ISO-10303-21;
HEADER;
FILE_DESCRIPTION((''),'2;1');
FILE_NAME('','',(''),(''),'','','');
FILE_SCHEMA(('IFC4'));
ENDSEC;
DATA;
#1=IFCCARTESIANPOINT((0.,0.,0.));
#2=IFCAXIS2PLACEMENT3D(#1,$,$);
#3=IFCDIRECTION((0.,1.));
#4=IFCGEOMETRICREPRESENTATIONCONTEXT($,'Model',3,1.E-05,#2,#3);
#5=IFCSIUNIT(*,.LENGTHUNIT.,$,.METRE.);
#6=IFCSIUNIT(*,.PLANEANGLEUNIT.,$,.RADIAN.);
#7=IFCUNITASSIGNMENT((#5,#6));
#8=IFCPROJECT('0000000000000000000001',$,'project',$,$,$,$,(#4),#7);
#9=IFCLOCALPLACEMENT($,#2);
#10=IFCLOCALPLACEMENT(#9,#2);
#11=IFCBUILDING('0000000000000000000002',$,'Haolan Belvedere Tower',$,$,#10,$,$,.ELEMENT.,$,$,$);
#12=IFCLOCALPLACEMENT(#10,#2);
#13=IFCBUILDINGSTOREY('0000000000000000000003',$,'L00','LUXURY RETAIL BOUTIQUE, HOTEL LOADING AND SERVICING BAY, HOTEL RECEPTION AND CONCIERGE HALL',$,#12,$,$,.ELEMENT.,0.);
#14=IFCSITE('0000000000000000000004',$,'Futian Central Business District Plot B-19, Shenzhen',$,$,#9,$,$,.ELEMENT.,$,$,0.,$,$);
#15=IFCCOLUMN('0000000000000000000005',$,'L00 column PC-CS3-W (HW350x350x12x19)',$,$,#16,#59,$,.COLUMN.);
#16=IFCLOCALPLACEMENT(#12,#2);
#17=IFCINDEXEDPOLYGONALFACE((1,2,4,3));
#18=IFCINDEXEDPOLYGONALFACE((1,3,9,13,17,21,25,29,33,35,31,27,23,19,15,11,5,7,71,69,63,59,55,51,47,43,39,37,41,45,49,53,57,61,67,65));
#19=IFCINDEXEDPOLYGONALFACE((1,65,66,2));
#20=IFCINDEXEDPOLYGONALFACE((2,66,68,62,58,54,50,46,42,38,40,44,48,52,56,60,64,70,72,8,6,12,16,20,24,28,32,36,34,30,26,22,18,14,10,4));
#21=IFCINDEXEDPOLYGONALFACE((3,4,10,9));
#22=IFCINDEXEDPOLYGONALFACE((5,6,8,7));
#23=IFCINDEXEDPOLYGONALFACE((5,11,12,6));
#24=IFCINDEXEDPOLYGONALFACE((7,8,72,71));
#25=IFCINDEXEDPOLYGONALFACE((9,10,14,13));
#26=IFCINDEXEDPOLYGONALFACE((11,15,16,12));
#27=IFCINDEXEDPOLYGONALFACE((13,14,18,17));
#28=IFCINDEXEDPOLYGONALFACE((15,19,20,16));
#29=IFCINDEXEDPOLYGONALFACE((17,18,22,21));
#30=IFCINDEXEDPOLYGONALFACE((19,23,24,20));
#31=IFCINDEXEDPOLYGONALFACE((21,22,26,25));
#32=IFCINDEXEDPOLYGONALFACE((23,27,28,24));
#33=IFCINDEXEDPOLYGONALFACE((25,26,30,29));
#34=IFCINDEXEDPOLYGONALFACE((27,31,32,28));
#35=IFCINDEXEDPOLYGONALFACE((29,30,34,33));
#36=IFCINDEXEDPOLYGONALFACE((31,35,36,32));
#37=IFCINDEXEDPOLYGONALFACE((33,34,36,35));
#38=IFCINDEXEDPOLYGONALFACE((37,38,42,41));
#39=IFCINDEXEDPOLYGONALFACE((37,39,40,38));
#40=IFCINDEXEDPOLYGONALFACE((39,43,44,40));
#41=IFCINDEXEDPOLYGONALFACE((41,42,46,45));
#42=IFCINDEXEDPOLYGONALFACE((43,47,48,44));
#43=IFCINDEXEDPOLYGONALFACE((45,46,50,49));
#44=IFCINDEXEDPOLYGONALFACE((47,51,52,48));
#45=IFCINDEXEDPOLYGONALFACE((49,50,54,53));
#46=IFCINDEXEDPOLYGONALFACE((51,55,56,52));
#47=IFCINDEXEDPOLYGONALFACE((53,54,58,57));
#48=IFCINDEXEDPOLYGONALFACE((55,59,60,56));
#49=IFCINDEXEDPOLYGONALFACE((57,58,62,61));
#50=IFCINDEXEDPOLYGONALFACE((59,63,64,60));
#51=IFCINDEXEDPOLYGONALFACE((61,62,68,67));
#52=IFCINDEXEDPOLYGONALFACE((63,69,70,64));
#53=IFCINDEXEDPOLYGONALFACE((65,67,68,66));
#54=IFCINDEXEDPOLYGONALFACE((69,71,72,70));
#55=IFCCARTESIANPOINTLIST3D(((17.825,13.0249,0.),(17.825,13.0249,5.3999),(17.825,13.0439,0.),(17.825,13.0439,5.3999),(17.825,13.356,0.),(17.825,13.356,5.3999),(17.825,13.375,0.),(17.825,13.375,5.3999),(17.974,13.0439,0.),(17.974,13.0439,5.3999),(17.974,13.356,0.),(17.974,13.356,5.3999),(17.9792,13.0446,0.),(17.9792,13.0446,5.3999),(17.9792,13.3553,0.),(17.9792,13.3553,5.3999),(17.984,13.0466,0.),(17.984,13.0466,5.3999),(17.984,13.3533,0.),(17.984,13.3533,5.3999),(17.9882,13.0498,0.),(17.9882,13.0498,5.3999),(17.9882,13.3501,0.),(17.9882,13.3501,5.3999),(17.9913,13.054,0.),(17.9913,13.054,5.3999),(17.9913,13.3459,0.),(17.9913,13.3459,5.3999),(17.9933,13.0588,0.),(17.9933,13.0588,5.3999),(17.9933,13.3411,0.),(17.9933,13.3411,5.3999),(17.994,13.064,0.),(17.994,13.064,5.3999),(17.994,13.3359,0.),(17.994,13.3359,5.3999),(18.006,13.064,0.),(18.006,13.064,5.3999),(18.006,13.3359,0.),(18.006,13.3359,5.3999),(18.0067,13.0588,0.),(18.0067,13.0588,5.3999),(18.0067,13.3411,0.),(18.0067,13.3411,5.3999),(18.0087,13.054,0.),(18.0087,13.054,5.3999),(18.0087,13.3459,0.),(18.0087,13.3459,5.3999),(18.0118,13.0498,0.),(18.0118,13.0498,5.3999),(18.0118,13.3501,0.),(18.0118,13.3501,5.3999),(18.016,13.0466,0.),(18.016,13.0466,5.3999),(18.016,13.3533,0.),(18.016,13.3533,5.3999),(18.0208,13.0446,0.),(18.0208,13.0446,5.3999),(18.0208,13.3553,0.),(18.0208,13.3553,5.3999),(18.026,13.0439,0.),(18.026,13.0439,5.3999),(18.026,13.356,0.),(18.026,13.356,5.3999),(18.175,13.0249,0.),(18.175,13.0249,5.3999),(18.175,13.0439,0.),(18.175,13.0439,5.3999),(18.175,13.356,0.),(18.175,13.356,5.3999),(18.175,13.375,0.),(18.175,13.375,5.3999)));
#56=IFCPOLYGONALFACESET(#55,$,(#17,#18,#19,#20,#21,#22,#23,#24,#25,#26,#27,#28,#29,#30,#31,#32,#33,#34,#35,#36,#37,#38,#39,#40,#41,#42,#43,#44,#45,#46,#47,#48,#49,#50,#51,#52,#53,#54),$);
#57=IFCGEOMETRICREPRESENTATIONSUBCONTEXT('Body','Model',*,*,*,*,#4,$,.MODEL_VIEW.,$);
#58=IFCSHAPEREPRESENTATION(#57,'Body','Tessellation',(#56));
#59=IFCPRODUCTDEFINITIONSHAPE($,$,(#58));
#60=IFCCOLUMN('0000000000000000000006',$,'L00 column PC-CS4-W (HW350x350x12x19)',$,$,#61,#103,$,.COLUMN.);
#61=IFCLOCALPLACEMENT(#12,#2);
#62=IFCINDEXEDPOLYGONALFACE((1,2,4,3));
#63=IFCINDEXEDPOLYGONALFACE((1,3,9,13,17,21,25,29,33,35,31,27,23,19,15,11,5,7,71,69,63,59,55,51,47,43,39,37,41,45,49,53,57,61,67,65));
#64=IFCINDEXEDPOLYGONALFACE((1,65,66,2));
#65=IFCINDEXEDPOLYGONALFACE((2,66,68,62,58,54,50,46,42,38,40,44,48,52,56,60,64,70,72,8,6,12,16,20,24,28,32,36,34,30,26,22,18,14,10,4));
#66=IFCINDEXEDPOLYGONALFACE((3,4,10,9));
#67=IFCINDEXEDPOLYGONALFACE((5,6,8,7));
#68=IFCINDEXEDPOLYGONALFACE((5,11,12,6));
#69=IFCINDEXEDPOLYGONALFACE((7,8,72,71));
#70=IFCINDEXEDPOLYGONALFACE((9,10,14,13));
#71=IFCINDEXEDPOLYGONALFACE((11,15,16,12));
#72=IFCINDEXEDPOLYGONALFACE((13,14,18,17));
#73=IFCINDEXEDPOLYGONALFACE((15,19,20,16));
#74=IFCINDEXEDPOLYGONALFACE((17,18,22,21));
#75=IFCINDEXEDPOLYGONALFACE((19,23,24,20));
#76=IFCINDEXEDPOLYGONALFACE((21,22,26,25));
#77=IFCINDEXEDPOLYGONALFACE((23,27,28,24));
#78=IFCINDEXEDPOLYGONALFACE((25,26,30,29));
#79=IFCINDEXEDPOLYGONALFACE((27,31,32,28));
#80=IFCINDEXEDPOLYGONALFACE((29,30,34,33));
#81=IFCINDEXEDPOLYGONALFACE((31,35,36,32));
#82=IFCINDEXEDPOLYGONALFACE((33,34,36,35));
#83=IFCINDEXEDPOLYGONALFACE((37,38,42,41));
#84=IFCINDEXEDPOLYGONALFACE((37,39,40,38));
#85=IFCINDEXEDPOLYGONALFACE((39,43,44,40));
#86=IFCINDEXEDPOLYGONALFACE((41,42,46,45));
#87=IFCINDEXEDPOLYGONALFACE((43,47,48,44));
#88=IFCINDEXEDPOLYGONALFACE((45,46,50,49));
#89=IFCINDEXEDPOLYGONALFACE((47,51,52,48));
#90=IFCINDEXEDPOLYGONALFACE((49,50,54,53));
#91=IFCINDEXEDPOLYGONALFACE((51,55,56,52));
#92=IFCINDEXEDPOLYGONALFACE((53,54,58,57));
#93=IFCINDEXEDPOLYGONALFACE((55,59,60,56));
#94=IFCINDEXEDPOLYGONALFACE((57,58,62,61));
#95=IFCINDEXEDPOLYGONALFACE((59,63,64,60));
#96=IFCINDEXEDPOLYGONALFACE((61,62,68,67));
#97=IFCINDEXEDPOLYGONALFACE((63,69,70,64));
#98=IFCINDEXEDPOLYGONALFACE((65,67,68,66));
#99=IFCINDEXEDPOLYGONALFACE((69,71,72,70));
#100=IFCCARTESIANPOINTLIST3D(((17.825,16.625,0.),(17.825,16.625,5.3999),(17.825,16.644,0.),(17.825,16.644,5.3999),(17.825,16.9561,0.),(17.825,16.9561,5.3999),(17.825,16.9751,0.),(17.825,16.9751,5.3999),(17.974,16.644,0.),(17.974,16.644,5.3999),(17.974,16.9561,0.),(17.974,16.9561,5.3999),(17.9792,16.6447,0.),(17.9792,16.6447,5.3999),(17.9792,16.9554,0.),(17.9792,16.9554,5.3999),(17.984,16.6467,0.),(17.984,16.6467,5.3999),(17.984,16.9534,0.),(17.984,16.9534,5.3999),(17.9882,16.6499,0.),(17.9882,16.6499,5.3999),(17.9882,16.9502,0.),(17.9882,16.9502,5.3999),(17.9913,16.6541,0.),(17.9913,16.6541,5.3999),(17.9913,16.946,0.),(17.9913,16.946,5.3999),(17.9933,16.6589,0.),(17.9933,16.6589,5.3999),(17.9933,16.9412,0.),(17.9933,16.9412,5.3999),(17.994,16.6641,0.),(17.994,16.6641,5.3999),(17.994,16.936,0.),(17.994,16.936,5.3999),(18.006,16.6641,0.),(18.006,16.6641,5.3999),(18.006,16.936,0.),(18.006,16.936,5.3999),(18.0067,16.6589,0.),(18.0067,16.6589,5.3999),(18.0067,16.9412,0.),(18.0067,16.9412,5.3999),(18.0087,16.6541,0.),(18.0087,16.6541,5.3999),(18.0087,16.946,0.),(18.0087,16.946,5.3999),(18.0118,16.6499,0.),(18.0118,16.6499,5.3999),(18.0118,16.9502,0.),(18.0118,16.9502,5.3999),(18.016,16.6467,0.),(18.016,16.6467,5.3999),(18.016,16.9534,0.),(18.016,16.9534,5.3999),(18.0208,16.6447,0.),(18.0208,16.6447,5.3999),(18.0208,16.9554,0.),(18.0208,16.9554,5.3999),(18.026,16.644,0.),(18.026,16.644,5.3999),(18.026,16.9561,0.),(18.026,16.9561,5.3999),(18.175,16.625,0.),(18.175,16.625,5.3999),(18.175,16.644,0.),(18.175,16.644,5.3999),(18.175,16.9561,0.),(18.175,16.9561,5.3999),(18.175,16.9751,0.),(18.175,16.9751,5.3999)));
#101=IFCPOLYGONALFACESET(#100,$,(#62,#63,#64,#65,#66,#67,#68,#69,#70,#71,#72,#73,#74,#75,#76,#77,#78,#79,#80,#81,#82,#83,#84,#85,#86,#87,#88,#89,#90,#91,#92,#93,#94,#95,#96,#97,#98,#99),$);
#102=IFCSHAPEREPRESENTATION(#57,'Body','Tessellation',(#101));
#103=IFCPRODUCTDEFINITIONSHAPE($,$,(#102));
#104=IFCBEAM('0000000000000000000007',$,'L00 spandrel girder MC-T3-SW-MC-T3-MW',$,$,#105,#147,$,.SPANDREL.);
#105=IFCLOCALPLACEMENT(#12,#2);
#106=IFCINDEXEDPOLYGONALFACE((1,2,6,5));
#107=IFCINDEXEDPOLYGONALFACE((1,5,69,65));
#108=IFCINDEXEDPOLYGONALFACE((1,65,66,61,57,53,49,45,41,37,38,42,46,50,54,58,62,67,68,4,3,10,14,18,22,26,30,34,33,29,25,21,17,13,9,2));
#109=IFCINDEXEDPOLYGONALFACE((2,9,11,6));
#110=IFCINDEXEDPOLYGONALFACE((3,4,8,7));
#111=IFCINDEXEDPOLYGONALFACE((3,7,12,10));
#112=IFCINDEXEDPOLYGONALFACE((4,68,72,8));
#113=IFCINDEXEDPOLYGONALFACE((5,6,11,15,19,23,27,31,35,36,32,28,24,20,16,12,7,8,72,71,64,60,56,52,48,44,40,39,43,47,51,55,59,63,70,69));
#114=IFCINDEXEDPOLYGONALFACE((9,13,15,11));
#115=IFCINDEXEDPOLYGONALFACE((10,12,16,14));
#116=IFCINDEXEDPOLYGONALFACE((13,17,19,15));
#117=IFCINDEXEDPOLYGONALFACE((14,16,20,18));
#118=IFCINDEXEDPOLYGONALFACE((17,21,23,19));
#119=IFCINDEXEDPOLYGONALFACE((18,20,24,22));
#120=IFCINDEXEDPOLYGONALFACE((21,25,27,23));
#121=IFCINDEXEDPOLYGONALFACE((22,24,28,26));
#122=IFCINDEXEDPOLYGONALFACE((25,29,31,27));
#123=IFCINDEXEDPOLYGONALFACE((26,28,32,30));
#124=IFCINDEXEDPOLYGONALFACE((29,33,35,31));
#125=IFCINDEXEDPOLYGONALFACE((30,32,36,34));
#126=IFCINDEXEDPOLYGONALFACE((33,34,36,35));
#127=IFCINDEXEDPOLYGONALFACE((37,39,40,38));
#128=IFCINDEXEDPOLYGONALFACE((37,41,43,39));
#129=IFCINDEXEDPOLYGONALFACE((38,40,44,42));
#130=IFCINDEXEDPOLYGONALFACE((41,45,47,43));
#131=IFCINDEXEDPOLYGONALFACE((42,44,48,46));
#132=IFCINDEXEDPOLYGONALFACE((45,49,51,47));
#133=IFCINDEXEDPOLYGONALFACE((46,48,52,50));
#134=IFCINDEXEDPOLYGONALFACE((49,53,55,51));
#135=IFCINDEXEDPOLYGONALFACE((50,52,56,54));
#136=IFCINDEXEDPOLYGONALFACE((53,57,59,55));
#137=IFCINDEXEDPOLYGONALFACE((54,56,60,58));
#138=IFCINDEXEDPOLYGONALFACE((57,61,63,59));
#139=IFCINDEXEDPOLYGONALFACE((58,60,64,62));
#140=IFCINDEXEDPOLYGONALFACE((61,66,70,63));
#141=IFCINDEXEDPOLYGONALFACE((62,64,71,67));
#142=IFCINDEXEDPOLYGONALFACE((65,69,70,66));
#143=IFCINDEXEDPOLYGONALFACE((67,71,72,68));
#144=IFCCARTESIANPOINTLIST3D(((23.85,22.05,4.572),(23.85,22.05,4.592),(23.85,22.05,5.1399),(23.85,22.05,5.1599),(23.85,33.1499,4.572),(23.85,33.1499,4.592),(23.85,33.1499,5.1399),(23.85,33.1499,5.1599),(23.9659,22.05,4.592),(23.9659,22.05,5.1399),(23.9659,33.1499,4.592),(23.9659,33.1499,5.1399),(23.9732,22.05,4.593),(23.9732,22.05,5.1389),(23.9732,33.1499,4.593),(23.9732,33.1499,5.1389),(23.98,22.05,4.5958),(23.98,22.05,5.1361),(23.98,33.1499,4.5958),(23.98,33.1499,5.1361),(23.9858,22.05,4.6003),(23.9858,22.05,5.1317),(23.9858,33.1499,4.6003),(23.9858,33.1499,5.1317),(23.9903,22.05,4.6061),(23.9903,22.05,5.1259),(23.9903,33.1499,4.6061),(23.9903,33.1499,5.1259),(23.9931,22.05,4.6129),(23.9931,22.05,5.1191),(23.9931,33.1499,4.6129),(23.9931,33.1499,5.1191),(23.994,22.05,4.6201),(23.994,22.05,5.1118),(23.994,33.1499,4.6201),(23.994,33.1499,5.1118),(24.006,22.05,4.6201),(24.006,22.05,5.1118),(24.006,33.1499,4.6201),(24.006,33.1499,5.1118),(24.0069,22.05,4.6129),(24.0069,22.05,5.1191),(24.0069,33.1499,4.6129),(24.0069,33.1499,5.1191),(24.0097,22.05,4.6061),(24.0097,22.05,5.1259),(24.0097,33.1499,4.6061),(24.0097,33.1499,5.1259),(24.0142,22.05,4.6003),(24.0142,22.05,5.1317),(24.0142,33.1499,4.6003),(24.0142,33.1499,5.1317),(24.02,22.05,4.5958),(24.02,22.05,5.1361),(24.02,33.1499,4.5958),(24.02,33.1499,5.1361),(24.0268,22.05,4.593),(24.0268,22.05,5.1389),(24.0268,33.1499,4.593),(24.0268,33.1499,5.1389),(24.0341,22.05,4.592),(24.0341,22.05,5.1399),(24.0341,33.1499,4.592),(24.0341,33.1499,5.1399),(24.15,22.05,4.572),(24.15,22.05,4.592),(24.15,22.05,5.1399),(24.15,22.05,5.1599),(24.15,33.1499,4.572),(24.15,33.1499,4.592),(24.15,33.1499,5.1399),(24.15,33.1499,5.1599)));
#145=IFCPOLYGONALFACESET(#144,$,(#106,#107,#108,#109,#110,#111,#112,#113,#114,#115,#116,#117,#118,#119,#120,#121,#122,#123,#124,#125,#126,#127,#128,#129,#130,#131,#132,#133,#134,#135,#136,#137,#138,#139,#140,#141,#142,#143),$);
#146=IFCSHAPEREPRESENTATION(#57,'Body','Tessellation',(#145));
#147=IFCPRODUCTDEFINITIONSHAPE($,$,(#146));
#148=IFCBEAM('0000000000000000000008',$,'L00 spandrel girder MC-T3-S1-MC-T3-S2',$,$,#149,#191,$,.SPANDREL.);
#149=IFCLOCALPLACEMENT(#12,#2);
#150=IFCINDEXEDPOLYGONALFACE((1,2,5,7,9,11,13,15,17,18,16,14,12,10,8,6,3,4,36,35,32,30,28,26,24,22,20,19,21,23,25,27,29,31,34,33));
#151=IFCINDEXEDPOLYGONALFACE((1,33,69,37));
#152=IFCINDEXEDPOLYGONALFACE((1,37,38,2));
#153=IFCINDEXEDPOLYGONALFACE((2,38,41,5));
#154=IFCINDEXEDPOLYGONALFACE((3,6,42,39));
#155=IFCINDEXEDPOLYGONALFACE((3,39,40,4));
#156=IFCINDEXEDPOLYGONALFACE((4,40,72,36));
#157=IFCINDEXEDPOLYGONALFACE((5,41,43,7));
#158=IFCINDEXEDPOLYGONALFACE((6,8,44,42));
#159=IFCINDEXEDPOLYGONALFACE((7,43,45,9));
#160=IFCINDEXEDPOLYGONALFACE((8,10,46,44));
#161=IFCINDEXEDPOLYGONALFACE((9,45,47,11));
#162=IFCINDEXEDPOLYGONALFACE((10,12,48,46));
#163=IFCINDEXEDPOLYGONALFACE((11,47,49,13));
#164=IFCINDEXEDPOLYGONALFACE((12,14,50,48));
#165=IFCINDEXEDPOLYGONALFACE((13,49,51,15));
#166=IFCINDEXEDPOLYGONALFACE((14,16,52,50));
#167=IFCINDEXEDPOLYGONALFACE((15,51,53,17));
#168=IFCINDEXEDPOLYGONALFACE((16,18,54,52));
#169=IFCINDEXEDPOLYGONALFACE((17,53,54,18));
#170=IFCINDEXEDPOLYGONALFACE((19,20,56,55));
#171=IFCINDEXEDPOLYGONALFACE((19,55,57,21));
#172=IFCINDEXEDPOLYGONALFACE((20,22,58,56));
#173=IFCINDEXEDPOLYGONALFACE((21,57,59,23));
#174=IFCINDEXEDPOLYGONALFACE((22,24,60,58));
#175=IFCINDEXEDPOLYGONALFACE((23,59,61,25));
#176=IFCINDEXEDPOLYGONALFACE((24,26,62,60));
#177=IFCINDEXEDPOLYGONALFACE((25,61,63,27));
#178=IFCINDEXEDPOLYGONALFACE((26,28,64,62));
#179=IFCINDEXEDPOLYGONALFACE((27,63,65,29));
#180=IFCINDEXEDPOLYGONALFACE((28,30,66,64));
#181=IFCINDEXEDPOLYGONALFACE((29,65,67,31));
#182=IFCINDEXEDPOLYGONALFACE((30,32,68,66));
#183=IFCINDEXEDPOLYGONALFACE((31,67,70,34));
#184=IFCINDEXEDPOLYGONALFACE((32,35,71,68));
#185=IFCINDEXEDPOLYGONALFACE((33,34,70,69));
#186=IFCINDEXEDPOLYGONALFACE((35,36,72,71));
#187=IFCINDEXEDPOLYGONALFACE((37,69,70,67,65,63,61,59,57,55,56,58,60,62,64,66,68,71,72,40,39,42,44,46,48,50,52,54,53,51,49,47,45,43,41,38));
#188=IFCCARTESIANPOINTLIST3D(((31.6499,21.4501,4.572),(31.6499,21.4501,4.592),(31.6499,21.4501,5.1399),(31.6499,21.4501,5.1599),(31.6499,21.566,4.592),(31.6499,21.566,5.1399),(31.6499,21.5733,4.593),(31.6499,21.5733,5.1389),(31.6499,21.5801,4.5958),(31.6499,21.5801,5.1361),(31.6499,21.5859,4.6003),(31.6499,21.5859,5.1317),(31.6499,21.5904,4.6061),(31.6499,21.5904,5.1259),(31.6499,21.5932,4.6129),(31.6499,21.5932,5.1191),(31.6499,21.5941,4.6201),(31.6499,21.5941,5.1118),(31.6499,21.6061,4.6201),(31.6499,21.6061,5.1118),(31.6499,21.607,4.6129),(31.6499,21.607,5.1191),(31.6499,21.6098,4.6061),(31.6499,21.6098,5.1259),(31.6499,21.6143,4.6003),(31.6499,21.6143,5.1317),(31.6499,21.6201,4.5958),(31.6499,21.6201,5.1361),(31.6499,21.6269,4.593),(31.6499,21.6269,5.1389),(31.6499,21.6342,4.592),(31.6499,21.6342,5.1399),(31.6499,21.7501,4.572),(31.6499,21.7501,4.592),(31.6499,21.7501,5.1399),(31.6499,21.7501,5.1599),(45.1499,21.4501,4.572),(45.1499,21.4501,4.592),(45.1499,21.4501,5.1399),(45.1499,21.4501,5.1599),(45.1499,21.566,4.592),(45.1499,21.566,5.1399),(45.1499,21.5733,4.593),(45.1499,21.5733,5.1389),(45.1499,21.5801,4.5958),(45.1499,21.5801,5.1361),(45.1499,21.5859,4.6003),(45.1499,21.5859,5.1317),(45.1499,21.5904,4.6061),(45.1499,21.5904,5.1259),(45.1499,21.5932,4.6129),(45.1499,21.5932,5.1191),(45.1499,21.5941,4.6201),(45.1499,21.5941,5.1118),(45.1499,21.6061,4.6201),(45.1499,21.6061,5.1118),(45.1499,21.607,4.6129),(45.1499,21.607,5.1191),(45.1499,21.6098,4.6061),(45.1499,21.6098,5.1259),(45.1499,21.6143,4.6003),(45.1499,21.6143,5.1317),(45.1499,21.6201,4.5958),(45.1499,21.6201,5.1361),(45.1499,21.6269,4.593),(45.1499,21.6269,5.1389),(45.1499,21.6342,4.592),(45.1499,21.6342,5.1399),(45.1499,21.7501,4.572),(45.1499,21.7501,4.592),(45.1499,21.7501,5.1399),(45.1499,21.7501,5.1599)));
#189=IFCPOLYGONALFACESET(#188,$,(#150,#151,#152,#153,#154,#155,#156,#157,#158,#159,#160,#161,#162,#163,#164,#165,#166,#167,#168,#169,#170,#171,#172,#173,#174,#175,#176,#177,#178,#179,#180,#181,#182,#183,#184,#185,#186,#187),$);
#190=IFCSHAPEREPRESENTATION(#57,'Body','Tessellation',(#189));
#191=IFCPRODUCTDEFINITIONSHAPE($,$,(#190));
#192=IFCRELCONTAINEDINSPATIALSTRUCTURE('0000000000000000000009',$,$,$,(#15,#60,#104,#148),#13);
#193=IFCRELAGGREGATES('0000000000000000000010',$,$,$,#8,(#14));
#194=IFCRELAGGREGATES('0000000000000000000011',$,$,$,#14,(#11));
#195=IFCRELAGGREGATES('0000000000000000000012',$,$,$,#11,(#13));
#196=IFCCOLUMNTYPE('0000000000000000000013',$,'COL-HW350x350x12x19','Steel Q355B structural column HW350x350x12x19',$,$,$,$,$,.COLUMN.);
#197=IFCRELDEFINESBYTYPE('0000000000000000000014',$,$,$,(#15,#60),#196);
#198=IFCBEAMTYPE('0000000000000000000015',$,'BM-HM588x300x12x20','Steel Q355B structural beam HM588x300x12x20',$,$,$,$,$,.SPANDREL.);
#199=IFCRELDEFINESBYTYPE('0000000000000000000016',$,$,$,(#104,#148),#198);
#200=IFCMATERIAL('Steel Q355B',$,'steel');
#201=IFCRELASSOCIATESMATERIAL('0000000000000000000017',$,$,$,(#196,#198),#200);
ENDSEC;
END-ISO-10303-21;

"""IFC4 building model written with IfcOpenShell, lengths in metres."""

from ifc_helpers import new_model, si_unit, direction, frame, origin, origin_2d, place, context, subcontext, project, spatial, i_section, extrude, material, material_profile, profile_set, type_object, element, save


model = new_model("IFC4")

# Units and contexts
model_context = context("Model", 3, precision=1e-05, world=origin(), true_north=direction((0.0, 1.0)))
body_context = subcontext(model_context, "Body", "Model", "MODEL_VIEW")
ifc_project = project(units=[si_unit("LENGTHUNIT", "METRE"), si_unit("PLANEANGLEUNIT", "RADIAN")], contexts=[model_context])

# Site, building, storey
site_placement = place(None, origin())
site = spatial("IfcSite", under=ifc_project, at=site_placement, Name="Futian Central Business District Plot B-19, Shenzhen", CompositionType="ELEMENT", RefElevation=0.0)
building_placement = place(site_placement, origin())
building = spatial("IfcBuilding", under=site, at=building_placement, Name="Haolan Belvedere Tower", CompositionType="ELEMENT")
storey_placement = place(building_placement, origin())
storey = spatial("IfcBuildingStorey", under=building, at=storey_placement, Name="L00", Description="LUXURY RETAIL BOUTIQUE, HOTEL LOADING AND SERVICING BAY, HOTEL RECEPTION AND CONCIERGE HALL", CompositionType="ELEMENT", Elevation=0.0)

# Columns
ifc_material_1 = material(Name="Steel Q355B", Category="steel")
ifc_material_profile_1 = material_profile(ifc_material_1, i_section(OverallWidth=0.3501, OverallDepth=0.3501, WebThickness=0.012, FlangeThickness=0.019, FilletRadius=0.02, at=origin_2d()), Name="Steel Q355B")
ifc_profile_set_1 = profile_set([ifc_material_profile_1], Name="Steel Q355B")
column_type_1 = type_object("IfcColumnType", Name="COL-HW350x350x12x19", Description="Steel Q355B structural column HW350x350x12x19", PredefinedType="COLUMN", material=ifc_profile_set_1)
for number, where, z_axis, x_axis, name in (
    (1, (18.0, 13.2, 0.0), (0.0, 0.0, 1.0), (1.0, 0.0, 0.0), "L00 column PC-CS3-W (HW350x350x12x19)"),
    (2, (18.0, 16.8, 0.0), (0.0, 0.0, 1.0), (1.0, 0.0, 0.0), "L00 column PC-CS4-W (HW350x350x12x19)"),
):
    element("IfcColumn", number, at=place(storey_placement, frame(where, z_axis=z_axis, x_axis=x_axis)), inside=storey, type_object=column_type_1, Name=name, PredefinedType="COLUMN", context=body_context, shape_type="SweptSolid", body=[
        extrude(i_section(OverallWidth=0.3501, OverallDepth=0.3501, WebThickness=0.012, FlangeThickness=0.019, FilletRadius=0.02, at=origin_2d()), origin(), (0.0, 0.0, 1.0), 5.3999),
    ])

# Beams
ifc_material_profile_2 = material_profile(ifc_material_1, i_section(OverallWidth=0.3, OverallDepth=0.5879, WebThickness=0.012, FlangeThickness=0.02, FilletRadius=0.0281, at=origin_2d()), Name="Steel Q355B")
ifc_profile_set_2 = profile_set([ifc_material_profile_2], Name="Steel Q355B")
beam_type_1 = type_object("IfcBeamType", Name="BM-HM588x300x12x20", Description="Steel Q355B structural beam HM588x300x12x20", PredefinedType="SPANDREL", material=ifc_profile_set_2)
beam_1_placement = place(storey_placement, frame((24.0, 22.05, 4.866), z_axis=(0.0, 1.0, 0.0), x_axis=(-1.0, 0.0, 0.0)))
element("IfcBeam", 3, at=beam_1_placement, inside=storey, type_object=beam_type_1, Name="L00 spandrel girder MC-T3-SW-MC-T3-MW", PredefinedType="SPANDREL", context=body_context, shape_type="SweptSolid", body=[
    extrude(i_section(OverallWidth=0.3, OverallDepth=0.5879, WebThickness=0.012, FlangeThickness=0.02, FilletRadius=0.0281, at=origin_2d()), origin(), (0.0, 0.0, 1.0), 11.0999),
])
beam_2_placement = place(storey_placement, frame((31.6499, 21.6001, 4.866), z_axis=(1.0, 0.0, 0.0), x_axis=(0.0, 1.0, 0.0)))
element("IfcBeam", 4, at=beam_2_placement, inside=storey, type_object=beam_type_1, Name="L00 spandrel girder MC-T3-S1-MC-T3-S2", PredefinedType="SPANDREL", context=body_context, shape_type="SweptSolid", body=[
    extrude(i_section(OverallWidth=0.3, OverallDepth=0.5879, WebThickness=0.012, FlangeThickness=0.02, FilletRadius=0.0281, at=origin_2d()), origin(), (0.0, 0.0, 1.0), 13.5),
])

save(model, "model.ifc")
